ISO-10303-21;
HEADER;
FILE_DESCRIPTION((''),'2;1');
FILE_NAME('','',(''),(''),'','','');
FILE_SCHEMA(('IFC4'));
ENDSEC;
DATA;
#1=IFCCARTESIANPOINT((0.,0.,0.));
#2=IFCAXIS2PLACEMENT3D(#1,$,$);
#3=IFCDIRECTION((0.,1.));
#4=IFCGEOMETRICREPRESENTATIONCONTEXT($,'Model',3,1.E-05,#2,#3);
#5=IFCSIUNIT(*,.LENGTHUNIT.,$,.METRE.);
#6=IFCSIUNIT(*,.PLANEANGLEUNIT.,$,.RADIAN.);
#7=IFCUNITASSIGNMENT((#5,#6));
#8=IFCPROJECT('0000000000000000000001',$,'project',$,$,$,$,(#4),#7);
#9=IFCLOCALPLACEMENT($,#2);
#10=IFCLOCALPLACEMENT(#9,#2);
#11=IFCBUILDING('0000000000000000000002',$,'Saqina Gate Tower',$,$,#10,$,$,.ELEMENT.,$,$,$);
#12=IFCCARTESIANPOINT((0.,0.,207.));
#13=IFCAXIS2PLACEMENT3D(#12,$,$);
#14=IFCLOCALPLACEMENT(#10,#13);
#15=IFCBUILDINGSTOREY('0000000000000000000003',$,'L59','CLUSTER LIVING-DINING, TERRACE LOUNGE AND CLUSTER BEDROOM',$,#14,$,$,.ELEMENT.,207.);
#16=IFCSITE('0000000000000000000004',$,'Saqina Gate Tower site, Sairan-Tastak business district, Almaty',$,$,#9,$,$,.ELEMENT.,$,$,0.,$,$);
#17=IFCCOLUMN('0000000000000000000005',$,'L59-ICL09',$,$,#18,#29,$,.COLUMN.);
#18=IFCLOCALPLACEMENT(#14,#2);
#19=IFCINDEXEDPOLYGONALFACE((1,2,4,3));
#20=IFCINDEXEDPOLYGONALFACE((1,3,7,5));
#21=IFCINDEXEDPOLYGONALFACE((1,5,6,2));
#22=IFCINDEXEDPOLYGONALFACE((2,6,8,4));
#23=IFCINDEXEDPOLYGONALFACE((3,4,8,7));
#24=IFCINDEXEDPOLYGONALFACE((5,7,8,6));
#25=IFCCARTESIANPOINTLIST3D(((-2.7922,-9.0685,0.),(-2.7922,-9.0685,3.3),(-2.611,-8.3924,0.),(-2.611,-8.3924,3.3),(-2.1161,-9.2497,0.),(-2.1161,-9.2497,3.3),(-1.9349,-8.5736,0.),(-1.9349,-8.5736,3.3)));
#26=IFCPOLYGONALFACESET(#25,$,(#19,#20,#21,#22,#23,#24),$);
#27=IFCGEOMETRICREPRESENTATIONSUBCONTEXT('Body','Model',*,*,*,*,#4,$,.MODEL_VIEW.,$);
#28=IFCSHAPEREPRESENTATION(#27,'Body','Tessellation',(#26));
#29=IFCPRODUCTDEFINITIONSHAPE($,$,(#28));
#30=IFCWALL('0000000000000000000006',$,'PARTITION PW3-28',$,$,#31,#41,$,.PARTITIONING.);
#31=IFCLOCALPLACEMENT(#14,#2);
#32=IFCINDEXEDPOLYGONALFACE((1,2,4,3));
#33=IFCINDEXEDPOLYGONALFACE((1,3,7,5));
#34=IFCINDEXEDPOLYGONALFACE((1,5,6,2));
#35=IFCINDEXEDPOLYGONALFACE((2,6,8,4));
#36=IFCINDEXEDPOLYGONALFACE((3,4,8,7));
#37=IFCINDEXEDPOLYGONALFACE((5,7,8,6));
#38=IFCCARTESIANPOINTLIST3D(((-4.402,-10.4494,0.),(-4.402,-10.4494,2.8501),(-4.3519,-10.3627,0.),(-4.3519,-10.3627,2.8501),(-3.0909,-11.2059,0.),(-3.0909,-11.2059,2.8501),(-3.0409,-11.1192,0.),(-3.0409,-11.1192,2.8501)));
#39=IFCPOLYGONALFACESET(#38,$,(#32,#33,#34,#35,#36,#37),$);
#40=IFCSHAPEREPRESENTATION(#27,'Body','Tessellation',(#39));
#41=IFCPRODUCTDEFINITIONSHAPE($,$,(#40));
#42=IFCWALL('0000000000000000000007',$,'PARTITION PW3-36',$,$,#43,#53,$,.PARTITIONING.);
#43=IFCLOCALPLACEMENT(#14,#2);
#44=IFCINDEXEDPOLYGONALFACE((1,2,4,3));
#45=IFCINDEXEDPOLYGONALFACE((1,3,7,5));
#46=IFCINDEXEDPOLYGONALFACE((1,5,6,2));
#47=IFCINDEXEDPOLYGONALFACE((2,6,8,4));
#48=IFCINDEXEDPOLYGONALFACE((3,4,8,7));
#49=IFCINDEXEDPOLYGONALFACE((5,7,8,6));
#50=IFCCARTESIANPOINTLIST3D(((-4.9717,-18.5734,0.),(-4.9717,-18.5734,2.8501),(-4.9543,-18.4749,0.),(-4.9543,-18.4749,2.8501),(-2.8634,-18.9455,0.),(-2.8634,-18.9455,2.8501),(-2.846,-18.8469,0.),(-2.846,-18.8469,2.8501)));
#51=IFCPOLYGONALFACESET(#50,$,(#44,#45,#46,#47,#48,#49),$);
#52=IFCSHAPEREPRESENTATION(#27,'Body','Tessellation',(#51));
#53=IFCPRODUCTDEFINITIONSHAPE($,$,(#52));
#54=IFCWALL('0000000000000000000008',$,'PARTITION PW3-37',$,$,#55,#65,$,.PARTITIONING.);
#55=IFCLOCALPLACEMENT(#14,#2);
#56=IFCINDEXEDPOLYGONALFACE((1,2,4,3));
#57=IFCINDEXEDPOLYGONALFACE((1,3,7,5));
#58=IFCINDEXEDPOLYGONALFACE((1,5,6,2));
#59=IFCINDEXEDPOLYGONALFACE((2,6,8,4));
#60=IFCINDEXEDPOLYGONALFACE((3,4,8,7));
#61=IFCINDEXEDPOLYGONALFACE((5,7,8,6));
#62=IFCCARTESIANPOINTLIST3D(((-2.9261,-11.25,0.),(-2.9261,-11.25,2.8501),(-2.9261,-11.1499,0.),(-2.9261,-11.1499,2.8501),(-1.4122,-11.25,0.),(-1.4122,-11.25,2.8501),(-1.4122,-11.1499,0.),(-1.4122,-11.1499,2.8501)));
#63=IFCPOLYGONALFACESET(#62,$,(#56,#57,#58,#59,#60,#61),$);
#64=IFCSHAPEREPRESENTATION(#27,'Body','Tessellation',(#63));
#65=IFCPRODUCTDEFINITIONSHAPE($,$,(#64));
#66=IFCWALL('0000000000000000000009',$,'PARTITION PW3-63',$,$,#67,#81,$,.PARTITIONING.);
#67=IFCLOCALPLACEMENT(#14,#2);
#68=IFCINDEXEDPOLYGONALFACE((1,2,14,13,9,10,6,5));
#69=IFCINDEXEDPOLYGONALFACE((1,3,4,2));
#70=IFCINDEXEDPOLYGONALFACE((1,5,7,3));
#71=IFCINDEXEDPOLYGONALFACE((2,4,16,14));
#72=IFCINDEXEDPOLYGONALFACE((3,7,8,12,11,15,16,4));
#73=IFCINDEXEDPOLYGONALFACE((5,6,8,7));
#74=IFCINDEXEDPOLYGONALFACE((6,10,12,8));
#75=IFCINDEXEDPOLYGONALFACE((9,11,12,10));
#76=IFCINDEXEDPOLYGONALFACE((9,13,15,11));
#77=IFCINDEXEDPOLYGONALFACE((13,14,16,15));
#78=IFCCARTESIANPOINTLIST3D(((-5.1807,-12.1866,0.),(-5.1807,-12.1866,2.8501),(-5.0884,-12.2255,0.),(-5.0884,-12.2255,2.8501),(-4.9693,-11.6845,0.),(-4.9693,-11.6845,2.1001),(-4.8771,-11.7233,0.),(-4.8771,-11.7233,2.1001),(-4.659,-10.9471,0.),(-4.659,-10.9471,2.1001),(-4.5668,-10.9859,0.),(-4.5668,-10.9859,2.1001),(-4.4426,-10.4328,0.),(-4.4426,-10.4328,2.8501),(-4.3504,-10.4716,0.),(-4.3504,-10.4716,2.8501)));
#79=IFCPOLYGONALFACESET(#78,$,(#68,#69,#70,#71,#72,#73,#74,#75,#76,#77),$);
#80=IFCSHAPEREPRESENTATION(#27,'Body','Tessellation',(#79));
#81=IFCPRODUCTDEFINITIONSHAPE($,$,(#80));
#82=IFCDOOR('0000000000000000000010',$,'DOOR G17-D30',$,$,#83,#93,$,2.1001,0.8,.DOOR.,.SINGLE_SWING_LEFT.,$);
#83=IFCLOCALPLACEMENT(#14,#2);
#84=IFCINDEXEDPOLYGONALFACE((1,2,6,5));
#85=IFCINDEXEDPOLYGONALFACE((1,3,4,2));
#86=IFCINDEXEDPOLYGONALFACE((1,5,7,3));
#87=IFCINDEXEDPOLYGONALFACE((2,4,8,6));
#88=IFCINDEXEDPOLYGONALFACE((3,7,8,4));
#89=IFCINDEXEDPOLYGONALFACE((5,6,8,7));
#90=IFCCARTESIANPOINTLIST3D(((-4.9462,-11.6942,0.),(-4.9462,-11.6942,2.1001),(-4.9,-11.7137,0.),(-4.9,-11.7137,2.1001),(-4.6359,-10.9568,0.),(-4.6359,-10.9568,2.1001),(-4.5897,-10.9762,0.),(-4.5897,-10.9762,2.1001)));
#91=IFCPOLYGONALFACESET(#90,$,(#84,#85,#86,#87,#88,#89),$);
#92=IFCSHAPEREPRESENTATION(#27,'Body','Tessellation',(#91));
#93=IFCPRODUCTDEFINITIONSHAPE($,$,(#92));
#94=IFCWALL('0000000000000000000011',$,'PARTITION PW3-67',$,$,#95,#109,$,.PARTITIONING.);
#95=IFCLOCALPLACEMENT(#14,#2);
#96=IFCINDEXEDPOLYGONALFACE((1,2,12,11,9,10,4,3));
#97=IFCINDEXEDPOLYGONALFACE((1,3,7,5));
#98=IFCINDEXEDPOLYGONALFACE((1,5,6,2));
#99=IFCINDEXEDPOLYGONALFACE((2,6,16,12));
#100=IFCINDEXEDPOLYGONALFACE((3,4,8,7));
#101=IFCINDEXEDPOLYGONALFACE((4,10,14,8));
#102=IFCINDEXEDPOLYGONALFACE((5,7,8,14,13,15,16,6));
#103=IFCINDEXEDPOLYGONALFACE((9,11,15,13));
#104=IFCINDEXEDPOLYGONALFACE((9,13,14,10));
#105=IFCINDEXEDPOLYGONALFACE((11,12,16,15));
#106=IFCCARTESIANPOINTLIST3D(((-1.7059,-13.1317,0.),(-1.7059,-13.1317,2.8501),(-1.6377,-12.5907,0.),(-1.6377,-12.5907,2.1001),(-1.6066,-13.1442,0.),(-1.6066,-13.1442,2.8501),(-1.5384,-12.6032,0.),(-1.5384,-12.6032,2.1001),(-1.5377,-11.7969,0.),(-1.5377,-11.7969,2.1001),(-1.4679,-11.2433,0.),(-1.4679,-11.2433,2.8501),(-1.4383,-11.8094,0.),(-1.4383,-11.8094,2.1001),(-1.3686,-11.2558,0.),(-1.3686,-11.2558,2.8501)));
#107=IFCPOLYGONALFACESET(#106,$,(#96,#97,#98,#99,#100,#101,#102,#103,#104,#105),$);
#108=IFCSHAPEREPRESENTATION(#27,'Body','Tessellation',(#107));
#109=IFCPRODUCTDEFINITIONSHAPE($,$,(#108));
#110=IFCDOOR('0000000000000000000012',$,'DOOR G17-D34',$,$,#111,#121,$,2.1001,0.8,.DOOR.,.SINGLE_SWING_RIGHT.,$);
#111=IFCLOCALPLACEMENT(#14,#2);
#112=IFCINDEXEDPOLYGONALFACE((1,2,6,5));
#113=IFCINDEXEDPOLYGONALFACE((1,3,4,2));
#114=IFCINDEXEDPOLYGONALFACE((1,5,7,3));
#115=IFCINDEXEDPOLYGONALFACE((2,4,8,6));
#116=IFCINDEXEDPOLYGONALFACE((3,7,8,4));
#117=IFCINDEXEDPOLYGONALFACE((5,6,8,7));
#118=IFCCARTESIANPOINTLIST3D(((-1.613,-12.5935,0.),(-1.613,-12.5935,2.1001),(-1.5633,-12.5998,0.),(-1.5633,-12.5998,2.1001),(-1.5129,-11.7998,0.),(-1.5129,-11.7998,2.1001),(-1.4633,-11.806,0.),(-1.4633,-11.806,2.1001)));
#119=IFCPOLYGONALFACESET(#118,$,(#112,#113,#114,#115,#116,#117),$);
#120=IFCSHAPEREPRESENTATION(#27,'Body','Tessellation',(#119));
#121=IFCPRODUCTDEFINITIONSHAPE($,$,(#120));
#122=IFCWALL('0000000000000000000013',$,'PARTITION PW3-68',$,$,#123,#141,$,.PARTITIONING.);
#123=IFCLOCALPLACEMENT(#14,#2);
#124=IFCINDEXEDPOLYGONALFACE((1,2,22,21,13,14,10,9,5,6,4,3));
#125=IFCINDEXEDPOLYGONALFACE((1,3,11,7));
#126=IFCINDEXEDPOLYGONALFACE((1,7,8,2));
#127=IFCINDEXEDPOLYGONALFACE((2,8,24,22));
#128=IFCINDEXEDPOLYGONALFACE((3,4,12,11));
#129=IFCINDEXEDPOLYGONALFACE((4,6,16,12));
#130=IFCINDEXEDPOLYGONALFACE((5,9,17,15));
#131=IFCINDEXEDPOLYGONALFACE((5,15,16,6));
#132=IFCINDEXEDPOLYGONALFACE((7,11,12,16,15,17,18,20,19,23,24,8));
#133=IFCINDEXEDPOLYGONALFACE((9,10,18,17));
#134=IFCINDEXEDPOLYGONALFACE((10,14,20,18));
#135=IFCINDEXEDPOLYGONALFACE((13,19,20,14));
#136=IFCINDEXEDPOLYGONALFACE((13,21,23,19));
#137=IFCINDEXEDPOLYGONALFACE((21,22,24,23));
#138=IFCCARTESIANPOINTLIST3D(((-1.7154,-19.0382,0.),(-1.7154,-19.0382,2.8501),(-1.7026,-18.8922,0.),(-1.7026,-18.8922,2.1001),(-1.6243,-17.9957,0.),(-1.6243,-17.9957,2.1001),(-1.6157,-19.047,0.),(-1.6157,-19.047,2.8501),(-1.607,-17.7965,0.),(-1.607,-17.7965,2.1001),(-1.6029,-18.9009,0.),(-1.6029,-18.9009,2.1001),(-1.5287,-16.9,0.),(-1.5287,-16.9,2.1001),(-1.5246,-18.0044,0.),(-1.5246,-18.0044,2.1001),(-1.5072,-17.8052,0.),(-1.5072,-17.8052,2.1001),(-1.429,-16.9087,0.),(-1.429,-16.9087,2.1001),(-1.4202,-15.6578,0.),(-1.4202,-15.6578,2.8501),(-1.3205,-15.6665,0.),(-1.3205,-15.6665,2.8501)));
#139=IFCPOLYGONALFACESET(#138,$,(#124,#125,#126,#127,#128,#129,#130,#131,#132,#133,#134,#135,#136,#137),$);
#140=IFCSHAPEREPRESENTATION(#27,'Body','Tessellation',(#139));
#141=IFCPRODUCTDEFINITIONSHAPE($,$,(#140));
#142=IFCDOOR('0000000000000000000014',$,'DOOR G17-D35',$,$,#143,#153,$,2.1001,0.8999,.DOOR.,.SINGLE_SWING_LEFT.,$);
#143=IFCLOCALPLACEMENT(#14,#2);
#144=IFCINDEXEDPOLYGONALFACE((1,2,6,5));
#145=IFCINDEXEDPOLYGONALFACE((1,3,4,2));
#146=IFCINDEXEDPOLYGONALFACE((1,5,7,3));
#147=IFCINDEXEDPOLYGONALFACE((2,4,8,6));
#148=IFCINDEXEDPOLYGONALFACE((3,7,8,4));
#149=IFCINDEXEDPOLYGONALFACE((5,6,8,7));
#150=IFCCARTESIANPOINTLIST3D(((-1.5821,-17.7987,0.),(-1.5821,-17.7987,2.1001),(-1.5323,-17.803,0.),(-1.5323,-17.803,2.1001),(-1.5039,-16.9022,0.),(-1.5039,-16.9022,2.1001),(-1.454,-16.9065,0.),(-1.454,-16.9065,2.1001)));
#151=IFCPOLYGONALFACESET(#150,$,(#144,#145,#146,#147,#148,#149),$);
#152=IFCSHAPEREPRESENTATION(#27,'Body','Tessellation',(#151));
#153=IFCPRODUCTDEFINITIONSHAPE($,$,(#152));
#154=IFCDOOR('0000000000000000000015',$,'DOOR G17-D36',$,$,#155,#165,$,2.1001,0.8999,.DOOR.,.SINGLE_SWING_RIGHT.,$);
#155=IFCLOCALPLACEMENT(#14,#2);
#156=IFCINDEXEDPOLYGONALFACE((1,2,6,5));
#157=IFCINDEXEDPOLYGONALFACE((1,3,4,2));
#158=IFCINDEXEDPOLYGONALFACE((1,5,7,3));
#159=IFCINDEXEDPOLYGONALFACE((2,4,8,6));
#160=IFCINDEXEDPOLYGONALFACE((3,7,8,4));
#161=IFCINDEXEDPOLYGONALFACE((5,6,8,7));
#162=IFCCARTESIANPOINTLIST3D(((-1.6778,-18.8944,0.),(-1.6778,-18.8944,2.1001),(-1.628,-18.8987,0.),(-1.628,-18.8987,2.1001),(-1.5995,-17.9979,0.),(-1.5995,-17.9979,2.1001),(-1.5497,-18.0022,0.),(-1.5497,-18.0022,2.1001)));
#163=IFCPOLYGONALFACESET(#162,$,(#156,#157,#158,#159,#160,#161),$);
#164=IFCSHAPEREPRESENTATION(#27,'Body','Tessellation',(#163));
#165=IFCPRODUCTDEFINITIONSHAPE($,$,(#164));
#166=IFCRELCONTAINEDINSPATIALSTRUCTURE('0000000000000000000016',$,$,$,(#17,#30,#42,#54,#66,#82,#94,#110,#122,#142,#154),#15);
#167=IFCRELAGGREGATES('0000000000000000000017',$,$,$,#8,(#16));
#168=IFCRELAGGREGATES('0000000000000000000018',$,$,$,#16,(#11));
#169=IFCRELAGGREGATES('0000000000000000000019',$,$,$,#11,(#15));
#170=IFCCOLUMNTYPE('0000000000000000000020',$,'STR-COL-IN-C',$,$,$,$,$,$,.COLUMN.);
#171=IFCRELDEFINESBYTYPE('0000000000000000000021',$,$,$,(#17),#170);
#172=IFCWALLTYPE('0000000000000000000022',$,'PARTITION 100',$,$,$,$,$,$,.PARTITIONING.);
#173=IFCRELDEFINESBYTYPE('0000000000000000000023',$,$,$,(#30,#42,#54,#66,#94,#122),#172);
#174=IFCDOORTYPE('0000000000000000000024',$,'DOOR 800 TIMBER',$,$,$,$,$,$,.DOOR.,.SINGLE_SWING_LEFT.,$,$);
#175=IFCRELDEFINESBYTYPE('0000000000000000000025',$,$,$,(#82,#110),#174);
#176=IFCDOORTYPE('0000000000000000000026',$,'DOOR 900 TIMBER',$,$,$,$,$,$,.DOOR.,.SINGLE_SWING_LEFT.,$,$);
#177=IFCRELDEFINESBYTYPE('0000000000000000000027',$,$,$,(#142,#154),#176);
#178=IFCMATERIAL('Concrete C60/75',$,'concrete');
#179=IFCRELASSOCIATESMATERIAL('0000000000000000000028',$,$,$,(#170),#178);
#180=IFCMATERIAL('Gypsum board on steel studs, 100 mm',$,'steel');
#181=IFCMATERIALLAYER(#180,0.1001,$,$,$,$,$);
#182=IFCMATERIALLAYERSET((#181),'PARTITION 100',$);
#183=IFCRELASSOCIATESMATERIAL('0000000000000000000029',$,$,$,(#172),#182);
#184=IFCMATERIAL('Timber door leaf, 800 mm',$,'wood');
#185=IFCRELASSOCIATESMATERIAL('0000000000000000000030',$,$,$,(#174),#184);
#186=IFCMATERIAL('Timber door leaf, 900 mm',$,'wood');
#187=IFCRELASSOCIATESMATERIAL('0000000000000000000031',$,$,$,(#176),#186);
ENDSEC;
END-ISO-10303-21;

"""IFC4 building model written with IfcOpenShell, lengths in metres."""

from ifc_helpers import new_model, si_unit, direction, frame, frame_2d, origin, origin_2d, place, context, subcontext, project, spatial, rectangle, extrude, material, layer, layer_set, material_profile, profile_set, type_object, element, fill, save


model = new_model("IFC4")

# Units and contexts
model_context = context("Model", 3, precision=1e-05, world=origin(), true_north=direction((0.0, 1.0)))
body_context = subcontext(model_context, "Body", "Model", "MODEL_VIEW")
ifc_project = project(units=[si_unit("LENGTHUNIT", "METRE"), si_unit("PLANEANGLEUNIT", "RADIAN")], contexts=[model_context])

# Site, building, storey
site_placement = place(None, origin())
site = spatial("IfcSite", under=ifc_project, at=site_placement, Name="Saqina Gate Tower site, Sairan-Tastak business district, Almaty", CompositionType="ELEMENT", RefElevation=0.0)
building_placement = place(site_placement, origin())
building = spatial("IfcBuilding", under=site, at=building_placement, Name="Saqina Gate Tower", CompositionType="ELEMENT")
storey_placement = place(building_placement, frame((0.0, 0.0, 207.0)))
storey = spatial("IfcBuildingStorey", under=building, at=storey_placement, Name="L59", Description="CLUSTER LIVING-DINING, TERRACE LOUNGE AND CLUSTER BEDROOM", CompositionType="ELEMENT", Elevation=207.0)

# Column
ifc_material_1 = material(Name="Concrete C60/75", Category="concrete")
ifc_material_profile = material_profile(ifc_material_1, rectangle(XDim=0.7, YDim=0.7, at=origin_2d()), Name="RC 700x700")
ifc_profile_set = profile_set([ifc_material_profile], Name="Concrete C60/75")
column_type = type_object("IfcColumnType", Name="STR-COL-IN-C", PredefinedType="COLUMN", material=ifc_profile_set)
column_placement = place(storey_placement, frame((-2.3635, -8.821, 0.0), z_axis=(0.0, 0.0, 1.0), x_axis=(-0.258819, -0.965926, 0.0)))
element("IfcColumn", 1, at=column_placement, inside=storey, type_object=column_type, Name="L59-ICL09", PredefinedType="COLUMN", context=body_context, shape_type="SweptSolid", body=[
    extrude(rectangle(XDim=0.7, YDim=0.7, at=origin_2d()), origin(), (0.0, 0.0, 1.0), 3.3),
])

# Walls
ifc_material_2 = material(Name="Gypsum board on steel studs, 100 mm", Category="steel")
ifc_layer_1 = layer(ifc_material_2, 0.1001)
ifc_layer_set_1 = layer_set([ifc_layer_1], Name="PARTITION 100")
wall_type_1 = type_object("IfcWallType", Name="PARTITION 100", PredefinedType="PARTITIONING", material=ifc_layer_set_1)
wall_1_placement = place(storey_placement, frame((-4.377, -10.406, 0.0), z_axis=(0.0, 0.0, 1.0), x_axis=(0.866121, -0.499834, 0.0)))
element("IfcWall", 2, at=wall_1_placement, inside=storey, type_object=wall_type_1, Name="PARTITION PW3-28", PredefinedType="PARTITIONING", context=body_context, shape_type="SweptSolid", body=[
    extrude(rectangle(XDim=1.5137, YDim=0.1001, at=frame_2d((0.7568, 0.0))), origin(), (0.0, 0.0, 1.0), 2.8501),
])
wall_2_placement = place(storey_placement, frame((-4.9629, -18.5242, 0.0), z_axis=(0.0, 0.0, 1.0), x_axis=(0.984784, -0.173785, 0.0)))
element("IfcWall", 3, at=wall_2_placement, inside=storey, type_object=wall_type_1, Name="PARTITION PW3-36", PredefinedType="PARTITIONING", context=body_context, shape_type="SweptSolid", body=[
    extrude(rectangle(XDim=2.1409, YDim=0.1001, at=frame_2d((1.0703, 0.0))), origin(), (0.0, 0.0, 1.0), 2.8501),
])
wall_3_placement = place(storey_placement, frame((-2.926, -11.2, 0.0), z_axis=(0.0, 0.0, 1.0), x_axis=(1.0, 0.0, 0.0)))
element("IfcWall", 4, at=wall_3_placement, inside=storey, type_object=wall_type_1, Name="PARTITION PW3-37", PredefinedType="PARTITIONING", context=body_context, shape_type="SweptSolid", body=[
    extrude(rectangle(XDim=1.5139, YDim=0.1001, at=frame_2d((0.7568, 0.0))), origin(), (0.0, 0.0, 1.0), 2.8501),
])

# Walls, openings, doors
wall_4_placement = place(storey_placement, frame((-5.1345, -12.2061, 0.0), z_axis=(0.0, 0.0, 1.0), x_axis=(0.387856, 0.92172, 0.0)))
wall_4 = element("IfcWall", 5, at=wall_4_placement, inside=storey, type_object=wall_type_1, Name="PARTITION PW3-63", PredefinedType="PARTITIONING", context=body_context, shape_type="SweptSolid", body=[
    extrude(rectangle(XDim=1.9028, YDim=0.1001, at=frame_2d((0.9514, 0.0))), origin(), (0.0, 0.0, 1.0), 2.8501),
])
opening_1_placement = place(wall_4_placement, frame((0.5449, 0.0, 0.0)))
opening_1 = element("IfcOpeningElement", 6, at=opening_1_placement, cuts=wall_4, PredefinedType="OPENING", context=body_context, shape_type="SweptSolid", body=[
    extrude(rectangle(XDim=0.8, YDim=2.1001, at=frame_2d((0.3999, 1.05))), frame((0.0, 0.062, 0.0), z_axis=(0.0, -1.0, 0.0), x_axis=(1.0, 0.0, 0.0)), (0.0, 0.0, 1.0), 0.124),
])
ifc_material_3 = material(Name="Timber door leaf, 800 mm", Category="wood")
door_type_1 = type_object("IfcDoorType", Name="DOOR 800 TIMBER", OperationType="SINGLE_SWING_LEFT", PredefinedType="DOOR", material=ifc_material_3)
door_1_placement = place(opening_1_placement, origin())
door_1 = element("IfcDoor", 7, at=door_1_placement, inside=storey, type_object=door_type_1, Name="DOOR G17-D30", OperationType="SINGLE_SWING_LEFT", OverallHeight=2.1001, OverallWidth=0.8, PredefinedType="DOOR", context=body_context, shape_type="SweptSolid", body=[
    extrude(rectangle(XDim=0.8, YDim=2.1001, at=frame_2d((0.3999, 1.05))), frame((0.0, 0.0249, 0.0), z_axis=(0.0, -1.0, 0.0), x_axis=(1.0, 0.0, 0.0)), (0.0, 0.0, 1.0), 0.05),
])
fill(opening_1, door_1)
wall_5_placement = place(storey_placement, frame((-1.6562, -13.1379, 0.0), z_axis=(0.0, 0.0, 1.0), x_axis=(0.125061, 0.992149, 0.0)))
wall_5 = element("IfcWall", 8, at=wall_5_placement, inside=storey, type_object=wall_type_1, Name="PARTITION PW3-67", PredefinedType="PARTITIONING", context=body_context, shape_type="SweptSolid", body=[
    extrude(rectangle(XDim=1.9033, YDim=0.1001, at=frame_2d((0.9517, 0.0))), origin(), (0.0, 0.0, 1.0), 2.8501),
])
opening_2_placement = place(wall_5_placement, frame((0.5454, 0.0, 0.0)))
opening_2 = element("IfcOpeningElement", 9, at=opening_2_placement, cuts=wall_5, PredefinedType="OPENING", context=body_context, shape_type="SweptSolid", body=[
    extrude(rectangle(XDim=0.8, YDim=2.1001, at=frame_2d((0.3999, 1.05))), frame((0.0, 0.062, 0.0), z_axis=(0.0, -1.0, 0.0), x_axis=(1.0, 0.0, 0.0)), (0.0, 0.0, 1.0), 0.124),
])
door_2_placement = place(opening_2_placement, frame((0.8, 0.0, 0.0), z_axis=(0.0, 0.0, 1.0), x_axis=(-1.0, 0.0, 0.0)))
door_2 = element("IfcDoor", 10, at=door_2_placement, inside=storey, type_object=door_type_1, Name="DOOR G17-D34", OperationType="SINGLE_SWING_RIGHT", OverallHeight=2.1001, OverallWidth=0.8, PredefinedType="DOOR", context=body_context, shape_type="SweptSolid", body=[
    extrude(rectangle(XDim=0.8, YDim=2.1001, at=frame_2d((0.3999, 1.05))), frame((0.0, 0.0249, 0.0), z_axis=(0.0, -1.0, 0.0), x_axis=(1.0, 0.0, 0.0)), (0.0, 0.0, 1.0), 0.05),
])
fill(opening_2, door_2)

# Wall, openings, doors
wall_6_placement = place(storey_placement, frame((-1.6655, -19.0427, 0.0), z_axis=(0.0, 0.0, 1.0), x_axis=(0.086987, 0.996209, 0.0)))
wall_6 = element("IfcWall", 11, at=wall_6_placement, inside=storey, type_object=wall_type_1, Name="PARTITION PW3-68", PredefinedType="PARTITIONING", context=body_context, shape_type="SweptSolid", body=[
    extrude(rectangle(XDim=3.3933, YDim=0.1001, at=frame_2d((1.6968, 0.0))), origin(), (0.0, 0.0, 1.0), 2.8501),
])
opening_3_placement = place(wall_6_placement, frame((1.2466, 0.0, 0.0)))
opening_3 = element("IfcOpeningElement", 12, at=opening_3_placement, cuts=wall_6, PredefinedType="OPENING", context=body_context, shape_type="SweptSolid", body=[
    extrude(rectangle(XDim=0.8999, YDim=2.1001, at=frame_2d((0.45, 1.05))), frame((0.0, 0.062, 0.0), z_axis=(0.0, -1.0, 0.0), x_axis=(1.0, 0.0, 0.0)), (0.0, 0.0, 1.0), 0.124),
])
opening_4_placement = place(wall_6_placement, frame((0.1467, 0.0, 0.0)))
opening_4 = element("IfcOpeningElement", 13, at=opening_4_placement, cuts=wall_6, PredefinedType="OPENING", context=body_context, shape_type="SweptSolid", body=[
    extrude(rectangle(XDim=0.8999, YDim=2.1001, at=frame_2d((0.45, 1.05))), frame((0.0, 0.062, 0.0), z_axis=(0.0, -1.0, 0.0), x_axis=(1.0, 0.0, 0.0)), (0.0, 0.0, 1.0), 0.124),
])
ifc_material_4 = material(Name="Timber door leaf, 900 mm", Category="wood")
door_type_2 = type_object("IfcDoorType", Name="DOOR 900 TIMBER", OperationType="SINGLE_SWING_LEFT", PredefinedType="DOOR", material=ifc_material_4)
door_3_placement = place(opening_3_placement, frame((0.8999, 0.0, 0.0), z_axis=(0.0, 0.0, 1.0), x_axis=(-1.0, 0.0, 0.0)))
door_3 = element("IfcDoor", 14, at=door_3_placement, inside=storey, type_object=door_type_2, Name="DOOR G17-D35", OperationType="SINGLE_SWING_LEFT", OverallHeight=2.1001, OverallWidth=0.8999, PredefinedType="DOOR", context=body_context, shape_type="SweptSolid", body=[
    extrude(rectangle(XDim=0.8999, YDim=2.1001, at=frame_2d((0.45, 1.05))), frame((0.0, 0.0249, 0.0), z_axis=(0.0, -1.0, 0.0), x_axis=(1.0, 0.0, 0.0)), (0.0, 0.0, 1.0), 0.05),
])
fill(opening_3, door_3)
door_4_placement = place(opening_4_placement, frame((0.8999, 0.0, 0.0), z_axis=(0.0, 0.0, 1.0), x_axis=(-1.0, 0.0, 0.0)))
door_4 = element("IfcDoor", 15, at=door_4_placement, inside=storey, type_object=door_type_2, Name="DOOR G17-D36", OperationType="SINGLE_SWING_RIGHT", OverallHeight=2.1001, OverallWidth=0.8999, PredefinedType="DOOR", context=body_context, shape_type="SweptSolid", body=[
    extrude(rectangle(XDim=0.8999, YDim=2.1001, at=frame_2d((0.45, 1.05))), frame((0.0, 0.0249, 0.0), z_axis=(0.0, -1.0, 0.0), x_axis=(1.0, 0.0, 0.0)), (0.0, 0.0, 1.0), 0.05),
])
fill(opening_4, door_4)

save(model, "model.ifc")
